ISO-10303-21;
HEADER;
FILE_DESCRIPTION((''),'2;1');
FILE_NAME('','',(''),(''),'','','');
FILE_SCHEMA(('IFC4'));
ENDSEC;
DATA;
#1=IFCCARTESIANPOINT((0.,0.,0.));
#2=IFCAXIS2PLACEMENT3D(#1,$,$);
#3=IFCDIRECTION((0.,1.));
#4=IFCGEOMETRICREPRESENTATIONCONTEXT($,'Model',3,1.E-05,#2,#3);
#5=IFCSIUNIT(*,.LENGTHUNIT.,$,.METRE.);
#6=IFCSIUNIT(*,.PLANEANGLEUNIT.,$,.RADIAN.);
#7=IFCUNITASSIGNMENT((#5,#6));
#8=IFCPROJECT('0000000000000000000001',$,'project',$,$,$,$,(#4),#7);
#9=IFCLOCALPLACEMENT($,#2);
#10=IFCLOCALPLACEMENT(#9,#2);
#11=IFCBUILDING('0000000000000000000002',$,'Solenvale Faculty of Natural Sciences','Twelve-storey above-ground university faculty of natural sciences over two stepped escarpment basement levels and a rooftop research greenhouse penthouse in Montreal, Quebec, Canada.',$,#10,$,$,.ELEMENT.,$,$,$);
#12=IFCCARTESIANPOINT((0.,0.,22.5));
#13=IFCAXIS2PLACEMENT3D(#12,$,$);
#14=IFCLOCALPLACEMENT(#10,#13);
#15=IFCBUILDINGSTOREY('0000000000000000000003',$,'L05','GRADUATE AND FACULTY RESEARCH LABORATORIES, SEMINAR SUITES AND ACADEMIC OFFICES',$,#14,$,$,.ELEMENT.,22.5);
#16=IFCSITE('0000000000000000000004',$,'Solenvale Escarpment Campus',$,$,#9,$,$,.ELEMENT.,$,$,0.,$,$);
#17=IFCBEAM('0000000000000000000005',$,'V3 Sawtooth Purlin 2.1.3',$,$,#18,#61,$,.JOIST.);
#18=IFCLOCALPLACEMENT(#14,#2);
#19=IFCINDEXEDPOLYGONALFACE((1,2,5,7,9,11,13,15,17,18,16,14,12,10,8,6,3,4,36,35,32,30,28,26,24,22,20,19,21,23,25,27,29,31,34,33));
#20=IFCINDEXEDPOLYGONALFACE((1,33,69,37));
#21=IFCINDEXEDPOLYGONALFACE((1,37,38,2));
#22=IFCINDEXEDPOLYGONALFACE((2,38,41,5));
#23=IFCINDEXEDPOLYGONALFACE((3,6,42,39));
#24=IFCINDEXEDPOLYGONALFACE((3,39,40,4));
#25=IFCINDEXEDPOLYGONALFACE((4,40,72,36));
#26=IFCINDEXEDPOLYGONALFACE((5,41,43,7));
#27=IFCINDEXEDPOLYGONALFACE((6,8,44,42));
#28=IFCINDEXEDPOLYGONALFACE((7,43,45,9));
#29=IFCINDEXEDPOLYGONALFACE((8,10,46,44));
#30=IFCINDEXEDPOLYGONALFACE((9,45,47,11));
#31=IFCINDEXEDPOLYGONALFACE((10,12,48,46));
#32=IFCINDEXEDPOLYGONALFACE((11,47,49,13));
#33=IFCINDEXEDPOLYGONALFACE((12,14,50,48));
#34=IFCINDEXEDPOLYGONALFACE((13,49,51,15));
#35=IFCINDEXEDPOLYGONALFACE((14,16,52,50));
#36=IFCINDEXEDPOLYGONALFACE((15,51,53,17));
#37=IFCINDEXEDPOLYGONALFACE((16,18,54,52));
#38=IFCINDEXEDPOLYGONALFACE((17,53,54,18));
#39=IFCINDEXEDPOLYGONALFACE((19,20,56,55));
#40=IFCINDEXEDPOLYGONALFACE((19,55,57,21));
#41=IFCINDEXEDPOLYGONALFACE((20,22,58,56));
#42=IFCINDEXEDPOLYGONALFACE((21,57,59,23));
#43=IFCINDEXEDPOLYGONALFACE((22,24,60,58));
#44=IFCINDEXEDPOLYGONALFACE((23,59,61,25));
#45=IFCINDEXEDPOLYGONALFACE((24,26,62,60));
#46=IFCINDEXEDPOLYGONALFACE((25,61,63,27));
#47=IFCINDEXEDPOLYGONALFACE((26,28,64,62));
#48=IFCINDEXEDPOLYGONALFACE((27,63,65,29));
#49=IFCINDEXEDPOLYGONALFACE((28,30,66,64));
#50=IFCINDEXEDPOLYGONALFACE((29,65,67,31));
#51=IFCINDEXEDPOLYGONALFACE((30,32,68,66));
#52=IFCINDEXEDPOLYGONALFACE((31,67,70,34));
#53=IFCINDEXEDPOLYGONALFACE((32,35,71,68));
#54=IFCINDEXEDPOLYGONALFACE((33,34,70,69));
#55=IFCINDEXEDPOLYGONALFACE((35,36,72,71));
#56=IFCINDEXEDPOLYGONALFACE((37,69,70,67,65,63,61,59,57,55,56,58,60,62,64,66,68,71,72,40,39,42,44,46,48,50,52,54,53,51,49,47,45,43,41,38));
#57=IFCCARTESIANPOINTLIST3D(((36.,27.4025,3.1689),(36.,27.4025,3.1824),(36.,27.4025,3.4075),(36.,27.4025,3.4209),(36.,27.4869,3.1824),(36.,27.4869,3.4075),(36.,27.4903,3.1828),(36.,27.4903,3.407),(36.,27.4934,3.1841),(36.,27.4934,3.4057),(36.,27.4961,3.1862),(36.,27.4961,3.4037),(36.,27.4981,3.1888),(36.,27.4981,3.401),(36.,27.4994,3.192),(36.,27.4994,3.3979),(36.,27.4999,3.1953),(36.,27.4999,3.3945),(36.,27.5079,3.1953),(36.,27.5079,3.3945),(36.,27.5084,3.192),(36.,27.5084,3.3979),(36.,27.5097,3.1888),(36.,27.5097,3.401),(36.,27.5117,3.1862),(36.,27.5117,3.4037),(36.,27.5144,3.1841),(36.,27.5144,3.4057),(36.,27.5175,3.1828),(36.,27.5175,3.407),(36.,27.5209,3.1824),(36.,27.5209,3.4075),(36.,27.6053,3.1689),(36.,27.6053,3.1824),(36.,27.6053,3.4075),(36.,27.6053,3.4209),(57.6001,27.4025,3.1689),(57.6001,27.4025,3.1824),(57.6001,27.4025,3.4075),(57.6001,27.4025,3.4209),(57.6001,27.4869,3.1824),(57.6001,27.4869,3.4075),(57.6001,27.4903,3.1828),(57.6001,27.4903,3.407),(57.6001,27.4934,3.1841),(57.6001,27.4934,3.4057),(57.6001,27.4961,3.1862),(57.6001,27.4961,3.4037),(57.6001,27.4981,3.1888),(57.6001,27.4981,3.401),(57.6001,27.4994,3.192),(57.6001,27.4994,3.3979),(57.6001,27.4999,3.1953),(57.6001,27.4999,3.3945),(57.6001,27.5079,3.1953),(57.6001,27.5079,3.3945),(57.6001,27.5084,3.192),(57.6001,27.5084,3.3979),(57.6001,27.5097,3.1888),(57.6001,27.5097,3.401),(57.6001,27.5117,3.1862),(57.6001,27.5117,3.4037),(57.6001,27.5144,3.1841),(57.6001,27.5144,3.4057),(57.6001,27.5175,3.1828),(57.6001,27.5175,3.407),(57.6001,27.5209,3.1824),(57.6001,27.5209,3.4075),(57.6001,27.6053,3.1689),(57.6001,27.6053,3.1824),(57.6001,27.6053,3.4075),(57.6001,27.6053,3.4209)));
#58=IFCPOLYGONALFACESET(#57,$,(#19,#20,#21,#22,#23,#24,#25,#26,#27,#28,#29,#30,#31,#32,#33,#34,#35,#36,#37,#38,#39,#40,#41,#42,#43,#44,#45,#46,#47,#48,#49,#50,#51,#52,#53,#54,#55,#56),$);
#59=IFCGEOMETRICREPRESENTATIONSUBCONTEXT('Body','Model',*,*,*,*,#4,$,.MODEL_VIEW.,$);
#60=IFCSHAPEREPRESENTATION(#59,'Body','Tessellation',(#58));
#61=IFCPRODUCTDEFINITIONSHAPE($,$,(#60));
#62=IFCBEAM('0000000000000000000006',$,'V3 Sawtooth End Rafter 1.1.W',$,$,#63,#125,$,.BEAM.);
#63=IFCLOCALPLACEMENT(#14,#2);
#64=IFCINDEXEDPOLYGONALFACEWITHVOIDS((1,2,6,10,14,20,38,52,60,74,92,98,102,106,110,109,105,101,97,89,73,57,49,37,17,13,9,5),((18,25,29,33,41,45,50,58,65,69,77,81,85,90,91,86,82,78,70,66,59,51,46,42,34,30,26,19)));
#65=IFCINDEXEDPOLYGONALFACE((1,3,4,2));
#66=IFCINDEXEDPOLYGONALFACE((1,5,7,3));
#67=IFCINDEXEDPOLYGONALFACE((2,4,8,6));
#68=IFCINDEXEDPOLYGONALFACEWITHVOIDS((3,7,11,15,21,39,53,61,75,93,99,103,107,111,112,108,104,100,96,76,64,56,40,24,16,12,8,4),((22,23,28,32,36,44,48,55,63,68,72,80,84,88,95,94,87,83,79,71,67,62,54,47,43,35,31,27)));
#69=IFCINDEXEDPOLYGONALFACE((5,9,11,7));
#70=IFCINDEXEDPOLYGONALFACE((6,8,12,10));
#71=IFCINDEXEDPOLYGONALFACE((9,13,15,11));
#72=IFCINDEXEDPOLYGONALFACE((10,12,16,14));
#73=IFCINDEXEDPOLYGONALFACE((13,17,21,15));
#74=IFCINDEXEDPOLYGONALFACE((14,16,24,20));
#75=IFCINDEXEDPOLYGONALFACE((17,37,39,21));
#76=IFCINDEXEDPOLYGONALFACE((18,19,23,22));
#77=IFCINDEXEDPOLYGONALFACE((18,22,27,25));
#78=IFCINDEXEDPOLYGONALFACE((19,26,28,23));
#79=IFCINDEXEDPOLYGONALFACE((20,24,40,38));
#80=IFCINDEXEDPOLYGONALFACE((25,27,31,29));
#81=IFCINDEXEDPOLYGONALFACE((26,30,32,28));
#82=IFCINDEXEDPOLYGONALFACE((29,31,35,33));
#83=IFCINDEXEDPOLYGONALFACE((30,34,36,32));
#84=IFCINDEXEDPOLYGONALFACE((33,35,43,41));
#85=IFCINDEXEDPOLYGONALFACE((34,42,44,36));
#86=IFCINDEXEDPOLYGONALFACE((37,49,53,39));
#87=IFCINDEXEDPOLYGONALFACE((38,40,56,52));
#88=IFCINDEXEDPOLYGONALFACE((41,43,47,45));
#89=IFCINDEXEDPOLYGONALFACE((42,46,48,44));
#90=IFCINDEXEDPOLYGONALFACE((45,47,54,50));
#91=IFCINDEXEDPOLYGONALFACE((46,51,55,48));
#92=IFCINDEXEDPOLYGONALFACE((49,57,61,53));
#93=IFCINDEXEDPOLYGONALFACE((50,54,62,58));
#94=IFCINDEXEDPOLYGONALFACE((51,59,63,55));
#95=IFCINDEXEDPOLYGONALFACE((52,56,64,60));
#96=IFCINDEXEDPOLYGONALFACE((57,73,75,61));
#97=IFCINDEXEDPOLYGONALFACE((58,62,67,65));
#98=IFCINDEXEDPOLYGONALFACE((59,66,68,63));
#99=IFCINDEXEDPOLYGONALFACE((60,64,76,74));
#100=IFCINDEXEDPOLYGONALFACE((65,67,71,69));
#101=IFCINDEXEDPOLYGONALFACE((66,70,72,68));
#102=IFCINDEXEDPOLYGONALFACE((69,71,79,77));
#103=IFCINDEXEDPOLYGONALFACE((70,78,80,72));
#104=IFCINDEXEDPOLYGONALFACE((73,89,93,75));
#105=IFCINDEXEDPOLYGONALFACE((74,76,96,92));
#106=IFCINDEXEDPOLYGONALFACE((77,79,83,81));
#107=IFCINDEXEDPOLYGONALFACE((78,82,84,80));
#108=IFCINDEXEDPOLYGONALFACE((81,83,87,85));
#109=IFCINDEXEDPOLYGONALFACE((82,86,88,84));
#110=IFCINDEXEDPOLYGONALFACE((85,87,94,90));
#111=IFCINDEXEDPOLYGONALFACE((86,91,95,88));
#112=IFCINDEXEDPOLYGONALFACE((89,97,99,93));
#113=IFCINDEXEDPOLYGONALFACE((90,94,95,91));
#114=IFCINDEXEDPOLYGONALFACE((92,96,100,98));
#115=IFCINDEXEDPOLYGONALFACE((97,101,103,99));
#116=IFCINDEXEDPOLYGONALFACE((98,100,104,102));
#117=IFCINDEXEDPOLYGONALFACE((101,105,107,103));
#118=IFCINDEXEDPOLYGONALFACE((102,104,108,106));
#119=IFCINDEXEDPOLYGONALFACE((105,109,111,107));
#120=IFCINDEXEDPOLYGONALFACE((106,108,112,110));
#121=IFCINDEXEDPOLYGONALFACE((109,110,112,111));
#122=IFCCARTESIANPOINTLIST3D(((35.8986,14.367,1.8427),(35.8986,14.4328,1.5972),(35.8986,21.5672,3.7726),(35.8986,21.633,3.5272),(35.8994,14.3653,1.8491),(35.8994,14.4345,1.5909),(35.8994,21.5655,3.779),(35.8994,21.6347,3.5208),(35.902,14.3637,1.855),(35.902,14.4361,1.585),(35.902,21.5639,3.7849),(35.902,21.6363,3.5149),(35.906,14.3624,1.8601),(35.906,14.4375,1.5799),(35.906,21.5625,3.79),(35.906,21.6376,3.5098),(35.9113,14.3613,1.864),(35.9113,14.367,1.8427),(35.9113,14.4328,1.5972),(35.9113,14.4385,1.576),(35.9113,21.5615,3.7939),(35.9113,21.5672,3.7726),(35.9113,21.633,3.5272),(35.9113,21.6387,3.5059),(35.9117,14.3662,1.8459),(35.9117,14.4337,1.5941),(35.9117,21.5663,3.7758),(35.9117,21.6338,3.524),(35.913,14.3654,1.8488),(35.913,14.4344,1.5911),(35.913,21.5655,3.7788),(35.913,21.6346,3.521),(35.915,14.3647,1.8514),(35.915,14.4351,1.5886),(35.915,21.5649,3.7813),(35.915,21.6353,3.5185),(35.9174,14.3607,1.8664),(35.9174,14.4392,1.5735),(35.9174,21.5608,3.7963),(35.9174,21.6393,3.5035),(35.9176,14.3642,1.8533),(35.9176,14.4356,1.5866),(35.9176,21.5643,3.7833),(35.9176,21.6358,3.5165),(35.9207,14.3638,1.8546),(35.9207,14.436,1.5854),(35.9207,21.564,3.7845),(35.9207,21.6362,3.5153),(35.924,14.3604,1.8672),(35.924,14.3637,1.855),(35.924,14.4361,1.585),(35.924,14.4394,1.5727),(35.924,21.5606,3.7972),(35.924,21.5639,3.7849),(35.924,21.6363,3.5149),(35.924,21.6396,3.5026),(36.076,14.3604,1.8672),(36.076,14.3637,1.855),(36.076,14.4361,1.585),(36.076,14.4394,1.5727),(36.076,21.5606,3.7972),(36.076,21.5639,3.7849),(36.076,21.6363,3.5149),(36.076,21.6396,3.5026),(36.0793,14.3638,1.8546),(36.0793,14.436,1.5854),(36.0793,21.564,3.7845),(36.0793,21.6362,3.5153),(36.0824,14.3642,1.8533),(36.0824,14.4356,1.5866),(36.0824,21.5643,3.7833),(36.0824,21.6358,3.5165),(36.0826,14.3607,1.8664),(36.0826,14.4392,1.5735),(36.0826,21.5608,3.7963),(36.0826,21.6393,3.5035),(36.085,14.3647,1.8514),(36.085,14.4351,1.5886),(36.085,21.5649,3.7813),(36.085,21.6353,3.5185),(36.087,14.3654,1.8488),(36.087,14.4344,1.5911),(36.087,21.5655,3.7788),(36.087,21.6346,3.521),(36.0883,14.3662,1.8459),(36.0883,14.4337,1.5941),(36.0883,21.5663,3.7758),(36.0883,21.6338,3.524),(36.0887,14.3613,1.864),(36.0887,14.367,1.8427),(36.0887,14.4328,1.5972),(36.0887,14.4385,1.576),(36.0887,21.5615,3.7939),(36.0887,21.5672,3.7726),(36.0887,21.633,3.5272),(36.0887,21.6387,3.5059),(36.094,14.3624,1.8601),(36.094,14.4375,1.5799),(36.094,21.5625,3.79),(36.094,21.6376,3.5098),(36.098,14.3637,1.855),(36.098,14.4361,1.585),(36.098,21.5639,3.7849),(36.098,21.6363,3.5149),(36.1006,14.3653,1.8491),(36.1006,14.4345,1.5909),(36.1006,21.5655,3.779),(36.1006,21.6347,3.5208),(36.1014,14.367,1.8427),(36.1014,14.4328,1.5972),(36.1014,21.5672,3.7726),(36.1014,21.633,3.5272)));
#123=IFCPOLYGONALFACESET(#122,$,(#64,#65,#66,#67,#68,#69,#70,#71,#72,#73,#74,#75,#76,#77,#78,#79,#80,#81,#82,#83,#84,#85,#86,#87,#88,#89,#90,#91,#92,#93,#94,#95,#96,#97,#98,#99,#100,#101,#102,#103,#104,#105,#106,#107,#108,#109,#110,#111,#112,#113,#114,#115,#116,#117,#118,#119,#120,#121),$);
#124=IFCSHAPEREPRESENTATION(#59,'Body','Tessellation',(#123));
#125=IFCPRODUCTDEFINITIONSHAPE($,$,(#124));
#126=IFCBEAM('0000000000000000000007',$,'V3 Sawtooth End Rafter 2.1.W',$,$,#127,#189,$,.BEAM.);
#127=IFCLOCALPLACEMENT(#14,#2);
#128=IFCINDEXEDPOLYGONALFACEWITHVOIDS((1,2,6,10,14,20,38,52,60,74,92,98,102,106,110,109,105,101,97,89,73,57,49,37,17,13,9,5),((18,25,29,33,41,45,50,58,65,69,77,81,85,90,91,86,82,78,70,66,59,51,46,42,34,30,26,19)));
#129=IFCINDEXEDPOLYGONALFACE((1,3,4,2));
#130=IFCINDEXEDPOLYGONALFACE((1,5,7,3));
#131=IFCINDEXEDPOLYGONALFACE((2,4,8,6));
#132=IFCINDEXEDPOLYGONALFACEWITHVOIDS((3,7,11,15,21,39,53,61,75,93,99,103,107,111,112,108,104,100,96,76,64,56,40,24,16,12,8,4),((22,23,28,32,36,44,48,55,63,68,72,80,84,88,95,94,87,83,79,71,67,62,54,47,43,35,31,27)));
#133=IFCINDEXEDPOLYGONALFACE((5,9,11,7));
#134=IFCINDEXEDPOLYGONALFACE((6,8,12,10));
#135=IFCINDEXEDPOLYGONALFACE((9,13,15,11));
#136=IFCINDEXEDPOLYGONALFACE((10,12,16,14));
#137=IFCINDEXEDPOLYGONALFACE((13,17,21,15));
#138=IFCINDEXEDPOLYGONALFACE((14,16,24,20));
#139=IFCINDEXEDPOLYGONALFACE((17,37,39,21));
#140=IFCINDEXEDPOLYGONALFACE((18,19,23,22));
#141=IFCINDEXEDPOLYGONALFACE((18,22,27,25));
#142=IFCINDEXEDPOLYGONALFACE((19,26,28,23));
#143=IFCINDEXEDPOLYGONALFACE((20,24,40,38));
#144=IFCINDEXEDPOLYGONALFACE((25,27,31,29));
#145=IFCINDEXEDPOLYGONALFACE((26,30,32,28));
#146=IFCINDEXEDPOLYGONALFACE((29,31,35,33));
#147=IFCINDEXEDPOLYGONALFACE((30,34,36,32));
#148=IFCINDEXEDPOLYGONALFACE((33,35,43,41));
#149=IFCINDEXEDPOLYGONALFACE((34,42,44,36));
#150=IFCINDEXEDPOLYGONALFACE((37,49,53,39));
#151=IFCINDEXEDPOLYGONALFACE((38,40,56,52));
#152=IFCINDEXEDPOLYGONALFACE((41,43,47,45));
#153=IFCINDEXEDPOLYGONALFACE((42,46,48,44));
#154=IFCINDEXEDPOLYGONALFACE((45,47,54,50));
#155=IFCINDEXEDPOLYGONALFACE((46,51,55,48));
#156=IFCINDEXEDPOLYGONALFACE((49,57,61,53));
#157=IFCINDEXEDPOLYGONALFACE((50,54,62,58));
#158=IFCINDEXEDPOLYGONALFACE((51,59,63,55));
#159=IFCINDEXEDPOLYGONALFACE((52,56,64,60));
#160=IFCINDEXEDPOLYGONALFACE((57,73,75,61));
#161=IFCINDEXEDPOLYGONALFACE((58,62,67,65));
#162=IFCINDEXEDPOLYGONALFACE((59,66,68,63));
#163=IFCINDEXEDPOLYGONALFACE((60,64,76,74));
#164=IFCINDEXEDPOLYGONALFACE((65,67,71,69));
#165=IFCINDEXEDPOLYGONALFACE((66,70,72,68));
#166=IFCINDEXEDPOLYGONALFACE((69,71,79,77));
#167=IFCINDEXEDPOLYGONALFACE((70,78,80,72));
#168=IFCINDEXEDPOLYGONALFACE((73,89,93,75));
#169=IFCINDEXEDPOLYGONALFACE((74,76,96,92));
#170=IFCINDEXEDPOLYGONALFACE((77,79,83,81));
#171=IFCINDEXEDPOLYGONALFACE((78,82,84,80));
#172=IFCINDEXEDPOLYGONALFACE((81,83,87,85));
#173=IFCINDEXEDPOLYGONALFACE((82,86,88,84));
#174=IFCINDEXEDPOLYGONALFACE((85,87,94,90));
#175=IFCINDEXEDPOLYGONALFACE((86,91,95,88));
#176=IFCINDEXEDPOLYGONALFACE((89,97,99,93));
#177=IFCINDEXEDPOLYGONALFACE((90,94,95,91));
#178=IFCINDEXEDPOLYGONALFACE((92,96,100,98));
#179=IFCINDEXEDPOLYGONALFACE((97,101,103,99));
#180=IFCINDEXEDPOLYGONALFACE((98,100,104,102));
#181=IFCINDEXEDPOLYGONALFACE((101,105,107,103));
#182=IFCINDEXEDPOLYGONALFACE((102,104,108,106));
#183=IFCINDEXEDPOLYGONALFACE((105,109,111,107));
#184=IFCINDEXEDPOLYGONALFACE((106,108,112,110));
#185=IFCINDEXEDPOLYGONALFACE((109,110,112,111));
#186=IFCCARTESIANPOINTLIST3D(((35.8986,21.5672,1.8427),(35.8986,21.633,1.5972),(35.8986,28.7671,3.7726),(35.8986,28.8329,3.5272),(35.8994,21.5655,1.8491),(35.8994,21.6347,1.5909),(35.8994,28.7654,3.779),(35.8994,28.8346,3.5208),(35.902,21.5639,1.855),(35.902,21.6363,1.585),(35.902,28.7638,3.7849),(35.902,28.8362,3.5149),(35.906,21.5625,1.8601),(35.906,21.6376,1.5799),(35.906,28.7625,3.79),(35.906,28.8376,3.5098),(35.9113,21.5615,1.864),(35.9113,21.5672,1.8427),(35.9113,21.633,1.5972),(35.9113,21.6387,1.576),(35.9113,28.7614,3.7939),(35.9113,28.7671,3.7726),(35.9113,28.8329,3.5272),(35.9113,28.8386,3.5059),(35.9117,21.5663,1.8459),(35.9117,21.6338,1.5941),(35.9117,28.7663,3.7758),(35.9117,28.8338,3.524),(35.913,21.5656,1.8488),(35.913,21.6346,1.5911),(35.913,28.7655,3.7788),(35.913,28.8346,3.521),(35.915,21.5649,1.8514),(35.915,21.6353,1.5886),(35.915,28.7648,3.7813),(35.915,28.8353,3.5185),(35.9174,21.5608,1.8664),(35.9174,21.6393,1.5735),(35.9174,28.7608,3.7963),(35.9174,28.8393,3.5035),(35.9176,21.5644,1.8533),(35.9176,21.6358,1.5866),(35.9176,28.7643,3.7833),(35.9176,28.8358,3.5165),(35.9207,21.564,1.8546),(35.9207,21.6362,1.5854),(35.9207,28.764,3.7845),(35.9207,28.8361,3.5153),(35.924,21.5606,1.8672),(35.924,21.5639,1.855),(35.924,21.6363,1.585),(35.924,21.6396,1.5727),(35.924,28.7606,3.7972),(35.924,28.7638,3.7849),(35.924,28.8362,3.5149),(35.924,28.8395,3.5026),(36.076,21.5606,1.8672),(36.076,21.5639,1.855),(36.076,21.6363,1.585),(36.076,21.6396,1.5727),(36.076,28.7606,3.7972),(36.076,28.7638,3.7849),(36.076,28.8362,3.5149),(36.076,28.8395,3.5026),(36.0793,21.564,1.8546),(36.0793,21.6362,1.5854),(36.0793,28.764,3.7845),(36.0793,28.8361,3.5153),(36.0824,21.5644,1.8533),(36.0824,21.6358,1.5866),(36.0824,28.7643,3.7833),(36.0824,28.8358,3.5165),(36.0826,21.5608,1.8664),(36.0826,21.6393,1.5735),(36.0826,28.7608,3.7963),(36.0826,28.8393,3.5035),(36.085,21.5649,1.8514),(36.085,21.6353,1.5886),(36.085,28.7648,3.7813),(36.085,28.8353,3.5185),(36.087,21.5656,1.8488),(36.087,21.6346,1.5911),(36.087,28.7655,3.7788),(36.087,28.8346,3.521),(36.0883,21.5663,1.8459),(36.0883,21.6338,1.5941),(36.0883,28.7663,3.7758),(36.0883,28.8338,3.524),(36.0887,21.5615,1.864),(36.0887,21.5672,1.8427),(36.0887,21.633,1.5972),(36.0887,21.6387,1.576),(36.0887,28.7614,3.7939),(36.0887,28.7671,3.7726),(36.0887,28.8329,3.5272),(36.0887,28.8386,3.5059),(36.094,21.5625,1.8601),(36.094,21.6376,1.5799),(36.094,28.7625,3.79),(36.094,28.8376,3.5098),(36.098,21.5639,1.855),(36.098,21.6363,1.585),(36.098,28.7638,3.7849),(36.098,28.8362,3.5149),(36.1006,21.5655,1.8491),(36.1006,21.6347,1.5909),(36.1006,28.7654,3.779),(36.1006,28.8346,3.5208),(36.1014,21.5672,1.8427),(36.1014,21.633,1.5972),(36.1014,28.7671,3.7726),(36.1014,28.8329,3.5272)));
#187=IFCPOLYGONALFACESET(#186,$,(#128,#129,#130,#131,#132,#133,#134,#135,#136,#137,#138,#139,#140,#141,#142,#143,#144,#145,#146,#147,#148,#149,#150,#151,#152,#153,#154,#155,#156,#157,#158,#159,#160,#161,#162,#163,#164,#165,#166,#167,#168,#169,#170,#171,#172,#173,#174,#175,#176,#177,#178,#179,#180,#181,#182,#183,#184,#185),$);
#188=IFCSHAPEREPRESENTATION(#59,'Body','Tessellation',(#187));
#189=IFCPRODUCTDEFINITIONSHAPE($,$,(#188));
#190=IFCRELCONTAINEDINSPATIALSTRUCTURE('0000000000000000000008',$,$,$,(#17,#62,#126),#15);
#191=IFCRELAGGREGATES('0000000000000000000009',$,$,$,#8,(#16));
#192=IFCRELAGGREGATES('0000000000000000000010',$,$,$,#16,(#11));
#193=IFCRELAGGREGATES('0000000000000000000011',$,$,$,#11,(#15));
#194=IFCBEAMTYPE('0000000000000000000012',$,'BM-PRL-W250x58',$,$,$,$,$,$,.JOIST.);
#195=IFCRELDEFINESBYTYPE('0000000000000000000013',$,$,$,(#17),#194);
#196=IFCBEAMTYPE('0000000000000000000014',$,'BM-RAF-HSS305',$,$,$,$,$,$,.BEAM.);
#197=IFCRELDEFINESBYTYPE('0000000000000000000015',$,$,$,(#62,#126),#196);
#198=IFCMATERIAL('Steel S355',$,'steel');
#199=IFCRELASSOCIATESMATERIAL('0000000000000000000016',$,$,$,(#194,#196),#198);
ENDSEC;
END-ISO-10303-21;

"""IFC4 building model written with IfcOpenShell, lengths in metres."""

from ifc_helpers import new_model, si_unit, direction, frame, origin, origin_2d, place, context, subcontext, project, spatial, hollow_rectangle, i_section, extrude, material, material_profile, profile_set, type_object, element, save


model = new_model("IFC4")

# Units and contexts
model_context = context("Model", 3, precision=1e-05, world=origin(), true_north=direction((0.0, 1.0)))
body_context = subcontext(model_context, "Body", "Model", "MODEL_VIEW")
ifc_project = project(units=[si_unit("LENGTHUNIT", "METRE"), si_unit("PLANEANGLEUNIT", "RADIAN")], contexts=[model_context])

# Site, building, storey
site_placement = place(None, origin())
site = spatial("IfcSite", under=ifc_project, at=site_placement, Name="Solenvale Escarpment Campus", CompositionType="ELEMENT", RefElevation=0.0)
building_placement = place(site_placement, origin())
building = spatial("IfcBuilding", under=site, at=building_placement, Name="Solenvale Faculty of Natural Sciences", Description="Twelve-storey above-ground university faculty of natural sciences over two stepped escarpment basement levels and a rooftop research greenhouse penthouse in Montreal, Quebec, Canada.", CompositionType="ELEMENT")
storey_placement = place(building_placement, frame((0.0, 0.0, 22.5)))
storey = spatial("IfcBuildingStorey", under=building, at=storey_placement, Name="L05", Description="GRADUATE AND FACULTY RESEARCH LABORATORIES, SEMINAR SUITES AND ACADEMIC OFFICES", CompositionType="ELEMENT", Elevation=22.5)

# Shared definitions
ifc_material_1 = material(Name="Steel S355", Category="steel")

# Beams
ifc_material_profile_1 = material_profile(ifc_material_1, i_section(OverallWidth=0.2029, OverallDepth=0.252, WebThickness=0.0081, FlangeThickness=0.0134, FilletRadius=0.0129, at=origin_2d()), Name="W250x58")
ifc_profile_set_1 = profile_set([ifc_material_profile_1], Name="Steel S355")
beam_type_1 = type_object("IfcBeamType", Name="BM-PRL-W250x58", PredefinedType="JOIST", material=ifc_profile_set_1)
for number, where, z_axis, x_axis, name in (
    (1, (36.0, 27.5039, 3.2949), (1.0, 0.0, 0.0), (0.0, 1.0, 0.0), "V3 Sawtooth Purlin 2.1.3"),
):
    element("IfcBeam", number, at=place(storey_placement, frame(where, z_axis=z_axis, x_axis=x_axis)), inside=storey, type_object=beam_type_1, Name=name, PredefinedType="JOIST", context=body_context, shape_type="SweptSolid", body=[
        extrude(i_section(OverallWidth=0.2029, OverallDepth=0.252, WebThickness=0.0081, FlangeThickness=0.0134, FilletRadius=0.0129, at=origin_2d()), origin(), (0.0, 0.0, 1.0), 21.6001),
    ])
ifc_material_profile_2 = material_profile(ifc_material_1, hollow_rectangle(XDim=0.2029, YDim=0.3049, WallThickness=0.0127, InnerFilletRadius=0.0127, OuterFilletRadius=0.0254, at=origin_2d()), Name="HSS305x203x13")
ifc_profile_set_2 = profile_set([ifc_material_profile_2], Name="Steel S355")
beam_type_2 = type_object("IfcBeamType", Name="BM-RAF-HSS305", PredefinedType="BEAM", material=ifc_profile_set_2)
beam_1_placement = place(storey_placement, frame((36.0, 14.3999, 1.72), z_axis=(0.0, 0.965904, 0.2589), x_axis=(-1.0, 0.0, 0.0)))
element("IfcBeam", 2, at=beam_1_placement, inside=storey, type_object=beam_type_2, Name="V3 Sawtooth End Rafter 1.1.W", PredefinedType="BEAM", context=body_context, shape_type="SweptSolid", body=[
    extrude(hollow_rectangle(XDim=0.2029, YDim=0.3049, WallThickness=0.0127, InnerFilletRadius=0.0127, OuterFilletRadius=0.0254, at=origin_2d()), origin(), (0.0, 0.0, 1.0), 7.4543),
])
beam_2_placement = place(storey_placement, frame((36.0, 21.6001, 1.72), z_axis=(0.0, 0.965902, 0.258908), x_axis=(-1.0, 0.0, 0.0)))
element("IfcBeam", 3, at=beam_2_placement, inside=storey, type_object=beam_type_2, Name="V3 Sawtooth End Rafter 2.1.W", PredefinedType="BEAM", context=body_context, shape_type="SweptSolid", body=[
    extrude(hollow_rectangle(XDim=0.2029, YDim=0.3049, WallThickness=0.0127, InnerFilletRadius=0.0127, OuterFilletRadius=0.0254, at=origin_2d()), origin(), (0.0, 0.0, 1.0), 7.4541),
])

save(model, "model.ifc")
